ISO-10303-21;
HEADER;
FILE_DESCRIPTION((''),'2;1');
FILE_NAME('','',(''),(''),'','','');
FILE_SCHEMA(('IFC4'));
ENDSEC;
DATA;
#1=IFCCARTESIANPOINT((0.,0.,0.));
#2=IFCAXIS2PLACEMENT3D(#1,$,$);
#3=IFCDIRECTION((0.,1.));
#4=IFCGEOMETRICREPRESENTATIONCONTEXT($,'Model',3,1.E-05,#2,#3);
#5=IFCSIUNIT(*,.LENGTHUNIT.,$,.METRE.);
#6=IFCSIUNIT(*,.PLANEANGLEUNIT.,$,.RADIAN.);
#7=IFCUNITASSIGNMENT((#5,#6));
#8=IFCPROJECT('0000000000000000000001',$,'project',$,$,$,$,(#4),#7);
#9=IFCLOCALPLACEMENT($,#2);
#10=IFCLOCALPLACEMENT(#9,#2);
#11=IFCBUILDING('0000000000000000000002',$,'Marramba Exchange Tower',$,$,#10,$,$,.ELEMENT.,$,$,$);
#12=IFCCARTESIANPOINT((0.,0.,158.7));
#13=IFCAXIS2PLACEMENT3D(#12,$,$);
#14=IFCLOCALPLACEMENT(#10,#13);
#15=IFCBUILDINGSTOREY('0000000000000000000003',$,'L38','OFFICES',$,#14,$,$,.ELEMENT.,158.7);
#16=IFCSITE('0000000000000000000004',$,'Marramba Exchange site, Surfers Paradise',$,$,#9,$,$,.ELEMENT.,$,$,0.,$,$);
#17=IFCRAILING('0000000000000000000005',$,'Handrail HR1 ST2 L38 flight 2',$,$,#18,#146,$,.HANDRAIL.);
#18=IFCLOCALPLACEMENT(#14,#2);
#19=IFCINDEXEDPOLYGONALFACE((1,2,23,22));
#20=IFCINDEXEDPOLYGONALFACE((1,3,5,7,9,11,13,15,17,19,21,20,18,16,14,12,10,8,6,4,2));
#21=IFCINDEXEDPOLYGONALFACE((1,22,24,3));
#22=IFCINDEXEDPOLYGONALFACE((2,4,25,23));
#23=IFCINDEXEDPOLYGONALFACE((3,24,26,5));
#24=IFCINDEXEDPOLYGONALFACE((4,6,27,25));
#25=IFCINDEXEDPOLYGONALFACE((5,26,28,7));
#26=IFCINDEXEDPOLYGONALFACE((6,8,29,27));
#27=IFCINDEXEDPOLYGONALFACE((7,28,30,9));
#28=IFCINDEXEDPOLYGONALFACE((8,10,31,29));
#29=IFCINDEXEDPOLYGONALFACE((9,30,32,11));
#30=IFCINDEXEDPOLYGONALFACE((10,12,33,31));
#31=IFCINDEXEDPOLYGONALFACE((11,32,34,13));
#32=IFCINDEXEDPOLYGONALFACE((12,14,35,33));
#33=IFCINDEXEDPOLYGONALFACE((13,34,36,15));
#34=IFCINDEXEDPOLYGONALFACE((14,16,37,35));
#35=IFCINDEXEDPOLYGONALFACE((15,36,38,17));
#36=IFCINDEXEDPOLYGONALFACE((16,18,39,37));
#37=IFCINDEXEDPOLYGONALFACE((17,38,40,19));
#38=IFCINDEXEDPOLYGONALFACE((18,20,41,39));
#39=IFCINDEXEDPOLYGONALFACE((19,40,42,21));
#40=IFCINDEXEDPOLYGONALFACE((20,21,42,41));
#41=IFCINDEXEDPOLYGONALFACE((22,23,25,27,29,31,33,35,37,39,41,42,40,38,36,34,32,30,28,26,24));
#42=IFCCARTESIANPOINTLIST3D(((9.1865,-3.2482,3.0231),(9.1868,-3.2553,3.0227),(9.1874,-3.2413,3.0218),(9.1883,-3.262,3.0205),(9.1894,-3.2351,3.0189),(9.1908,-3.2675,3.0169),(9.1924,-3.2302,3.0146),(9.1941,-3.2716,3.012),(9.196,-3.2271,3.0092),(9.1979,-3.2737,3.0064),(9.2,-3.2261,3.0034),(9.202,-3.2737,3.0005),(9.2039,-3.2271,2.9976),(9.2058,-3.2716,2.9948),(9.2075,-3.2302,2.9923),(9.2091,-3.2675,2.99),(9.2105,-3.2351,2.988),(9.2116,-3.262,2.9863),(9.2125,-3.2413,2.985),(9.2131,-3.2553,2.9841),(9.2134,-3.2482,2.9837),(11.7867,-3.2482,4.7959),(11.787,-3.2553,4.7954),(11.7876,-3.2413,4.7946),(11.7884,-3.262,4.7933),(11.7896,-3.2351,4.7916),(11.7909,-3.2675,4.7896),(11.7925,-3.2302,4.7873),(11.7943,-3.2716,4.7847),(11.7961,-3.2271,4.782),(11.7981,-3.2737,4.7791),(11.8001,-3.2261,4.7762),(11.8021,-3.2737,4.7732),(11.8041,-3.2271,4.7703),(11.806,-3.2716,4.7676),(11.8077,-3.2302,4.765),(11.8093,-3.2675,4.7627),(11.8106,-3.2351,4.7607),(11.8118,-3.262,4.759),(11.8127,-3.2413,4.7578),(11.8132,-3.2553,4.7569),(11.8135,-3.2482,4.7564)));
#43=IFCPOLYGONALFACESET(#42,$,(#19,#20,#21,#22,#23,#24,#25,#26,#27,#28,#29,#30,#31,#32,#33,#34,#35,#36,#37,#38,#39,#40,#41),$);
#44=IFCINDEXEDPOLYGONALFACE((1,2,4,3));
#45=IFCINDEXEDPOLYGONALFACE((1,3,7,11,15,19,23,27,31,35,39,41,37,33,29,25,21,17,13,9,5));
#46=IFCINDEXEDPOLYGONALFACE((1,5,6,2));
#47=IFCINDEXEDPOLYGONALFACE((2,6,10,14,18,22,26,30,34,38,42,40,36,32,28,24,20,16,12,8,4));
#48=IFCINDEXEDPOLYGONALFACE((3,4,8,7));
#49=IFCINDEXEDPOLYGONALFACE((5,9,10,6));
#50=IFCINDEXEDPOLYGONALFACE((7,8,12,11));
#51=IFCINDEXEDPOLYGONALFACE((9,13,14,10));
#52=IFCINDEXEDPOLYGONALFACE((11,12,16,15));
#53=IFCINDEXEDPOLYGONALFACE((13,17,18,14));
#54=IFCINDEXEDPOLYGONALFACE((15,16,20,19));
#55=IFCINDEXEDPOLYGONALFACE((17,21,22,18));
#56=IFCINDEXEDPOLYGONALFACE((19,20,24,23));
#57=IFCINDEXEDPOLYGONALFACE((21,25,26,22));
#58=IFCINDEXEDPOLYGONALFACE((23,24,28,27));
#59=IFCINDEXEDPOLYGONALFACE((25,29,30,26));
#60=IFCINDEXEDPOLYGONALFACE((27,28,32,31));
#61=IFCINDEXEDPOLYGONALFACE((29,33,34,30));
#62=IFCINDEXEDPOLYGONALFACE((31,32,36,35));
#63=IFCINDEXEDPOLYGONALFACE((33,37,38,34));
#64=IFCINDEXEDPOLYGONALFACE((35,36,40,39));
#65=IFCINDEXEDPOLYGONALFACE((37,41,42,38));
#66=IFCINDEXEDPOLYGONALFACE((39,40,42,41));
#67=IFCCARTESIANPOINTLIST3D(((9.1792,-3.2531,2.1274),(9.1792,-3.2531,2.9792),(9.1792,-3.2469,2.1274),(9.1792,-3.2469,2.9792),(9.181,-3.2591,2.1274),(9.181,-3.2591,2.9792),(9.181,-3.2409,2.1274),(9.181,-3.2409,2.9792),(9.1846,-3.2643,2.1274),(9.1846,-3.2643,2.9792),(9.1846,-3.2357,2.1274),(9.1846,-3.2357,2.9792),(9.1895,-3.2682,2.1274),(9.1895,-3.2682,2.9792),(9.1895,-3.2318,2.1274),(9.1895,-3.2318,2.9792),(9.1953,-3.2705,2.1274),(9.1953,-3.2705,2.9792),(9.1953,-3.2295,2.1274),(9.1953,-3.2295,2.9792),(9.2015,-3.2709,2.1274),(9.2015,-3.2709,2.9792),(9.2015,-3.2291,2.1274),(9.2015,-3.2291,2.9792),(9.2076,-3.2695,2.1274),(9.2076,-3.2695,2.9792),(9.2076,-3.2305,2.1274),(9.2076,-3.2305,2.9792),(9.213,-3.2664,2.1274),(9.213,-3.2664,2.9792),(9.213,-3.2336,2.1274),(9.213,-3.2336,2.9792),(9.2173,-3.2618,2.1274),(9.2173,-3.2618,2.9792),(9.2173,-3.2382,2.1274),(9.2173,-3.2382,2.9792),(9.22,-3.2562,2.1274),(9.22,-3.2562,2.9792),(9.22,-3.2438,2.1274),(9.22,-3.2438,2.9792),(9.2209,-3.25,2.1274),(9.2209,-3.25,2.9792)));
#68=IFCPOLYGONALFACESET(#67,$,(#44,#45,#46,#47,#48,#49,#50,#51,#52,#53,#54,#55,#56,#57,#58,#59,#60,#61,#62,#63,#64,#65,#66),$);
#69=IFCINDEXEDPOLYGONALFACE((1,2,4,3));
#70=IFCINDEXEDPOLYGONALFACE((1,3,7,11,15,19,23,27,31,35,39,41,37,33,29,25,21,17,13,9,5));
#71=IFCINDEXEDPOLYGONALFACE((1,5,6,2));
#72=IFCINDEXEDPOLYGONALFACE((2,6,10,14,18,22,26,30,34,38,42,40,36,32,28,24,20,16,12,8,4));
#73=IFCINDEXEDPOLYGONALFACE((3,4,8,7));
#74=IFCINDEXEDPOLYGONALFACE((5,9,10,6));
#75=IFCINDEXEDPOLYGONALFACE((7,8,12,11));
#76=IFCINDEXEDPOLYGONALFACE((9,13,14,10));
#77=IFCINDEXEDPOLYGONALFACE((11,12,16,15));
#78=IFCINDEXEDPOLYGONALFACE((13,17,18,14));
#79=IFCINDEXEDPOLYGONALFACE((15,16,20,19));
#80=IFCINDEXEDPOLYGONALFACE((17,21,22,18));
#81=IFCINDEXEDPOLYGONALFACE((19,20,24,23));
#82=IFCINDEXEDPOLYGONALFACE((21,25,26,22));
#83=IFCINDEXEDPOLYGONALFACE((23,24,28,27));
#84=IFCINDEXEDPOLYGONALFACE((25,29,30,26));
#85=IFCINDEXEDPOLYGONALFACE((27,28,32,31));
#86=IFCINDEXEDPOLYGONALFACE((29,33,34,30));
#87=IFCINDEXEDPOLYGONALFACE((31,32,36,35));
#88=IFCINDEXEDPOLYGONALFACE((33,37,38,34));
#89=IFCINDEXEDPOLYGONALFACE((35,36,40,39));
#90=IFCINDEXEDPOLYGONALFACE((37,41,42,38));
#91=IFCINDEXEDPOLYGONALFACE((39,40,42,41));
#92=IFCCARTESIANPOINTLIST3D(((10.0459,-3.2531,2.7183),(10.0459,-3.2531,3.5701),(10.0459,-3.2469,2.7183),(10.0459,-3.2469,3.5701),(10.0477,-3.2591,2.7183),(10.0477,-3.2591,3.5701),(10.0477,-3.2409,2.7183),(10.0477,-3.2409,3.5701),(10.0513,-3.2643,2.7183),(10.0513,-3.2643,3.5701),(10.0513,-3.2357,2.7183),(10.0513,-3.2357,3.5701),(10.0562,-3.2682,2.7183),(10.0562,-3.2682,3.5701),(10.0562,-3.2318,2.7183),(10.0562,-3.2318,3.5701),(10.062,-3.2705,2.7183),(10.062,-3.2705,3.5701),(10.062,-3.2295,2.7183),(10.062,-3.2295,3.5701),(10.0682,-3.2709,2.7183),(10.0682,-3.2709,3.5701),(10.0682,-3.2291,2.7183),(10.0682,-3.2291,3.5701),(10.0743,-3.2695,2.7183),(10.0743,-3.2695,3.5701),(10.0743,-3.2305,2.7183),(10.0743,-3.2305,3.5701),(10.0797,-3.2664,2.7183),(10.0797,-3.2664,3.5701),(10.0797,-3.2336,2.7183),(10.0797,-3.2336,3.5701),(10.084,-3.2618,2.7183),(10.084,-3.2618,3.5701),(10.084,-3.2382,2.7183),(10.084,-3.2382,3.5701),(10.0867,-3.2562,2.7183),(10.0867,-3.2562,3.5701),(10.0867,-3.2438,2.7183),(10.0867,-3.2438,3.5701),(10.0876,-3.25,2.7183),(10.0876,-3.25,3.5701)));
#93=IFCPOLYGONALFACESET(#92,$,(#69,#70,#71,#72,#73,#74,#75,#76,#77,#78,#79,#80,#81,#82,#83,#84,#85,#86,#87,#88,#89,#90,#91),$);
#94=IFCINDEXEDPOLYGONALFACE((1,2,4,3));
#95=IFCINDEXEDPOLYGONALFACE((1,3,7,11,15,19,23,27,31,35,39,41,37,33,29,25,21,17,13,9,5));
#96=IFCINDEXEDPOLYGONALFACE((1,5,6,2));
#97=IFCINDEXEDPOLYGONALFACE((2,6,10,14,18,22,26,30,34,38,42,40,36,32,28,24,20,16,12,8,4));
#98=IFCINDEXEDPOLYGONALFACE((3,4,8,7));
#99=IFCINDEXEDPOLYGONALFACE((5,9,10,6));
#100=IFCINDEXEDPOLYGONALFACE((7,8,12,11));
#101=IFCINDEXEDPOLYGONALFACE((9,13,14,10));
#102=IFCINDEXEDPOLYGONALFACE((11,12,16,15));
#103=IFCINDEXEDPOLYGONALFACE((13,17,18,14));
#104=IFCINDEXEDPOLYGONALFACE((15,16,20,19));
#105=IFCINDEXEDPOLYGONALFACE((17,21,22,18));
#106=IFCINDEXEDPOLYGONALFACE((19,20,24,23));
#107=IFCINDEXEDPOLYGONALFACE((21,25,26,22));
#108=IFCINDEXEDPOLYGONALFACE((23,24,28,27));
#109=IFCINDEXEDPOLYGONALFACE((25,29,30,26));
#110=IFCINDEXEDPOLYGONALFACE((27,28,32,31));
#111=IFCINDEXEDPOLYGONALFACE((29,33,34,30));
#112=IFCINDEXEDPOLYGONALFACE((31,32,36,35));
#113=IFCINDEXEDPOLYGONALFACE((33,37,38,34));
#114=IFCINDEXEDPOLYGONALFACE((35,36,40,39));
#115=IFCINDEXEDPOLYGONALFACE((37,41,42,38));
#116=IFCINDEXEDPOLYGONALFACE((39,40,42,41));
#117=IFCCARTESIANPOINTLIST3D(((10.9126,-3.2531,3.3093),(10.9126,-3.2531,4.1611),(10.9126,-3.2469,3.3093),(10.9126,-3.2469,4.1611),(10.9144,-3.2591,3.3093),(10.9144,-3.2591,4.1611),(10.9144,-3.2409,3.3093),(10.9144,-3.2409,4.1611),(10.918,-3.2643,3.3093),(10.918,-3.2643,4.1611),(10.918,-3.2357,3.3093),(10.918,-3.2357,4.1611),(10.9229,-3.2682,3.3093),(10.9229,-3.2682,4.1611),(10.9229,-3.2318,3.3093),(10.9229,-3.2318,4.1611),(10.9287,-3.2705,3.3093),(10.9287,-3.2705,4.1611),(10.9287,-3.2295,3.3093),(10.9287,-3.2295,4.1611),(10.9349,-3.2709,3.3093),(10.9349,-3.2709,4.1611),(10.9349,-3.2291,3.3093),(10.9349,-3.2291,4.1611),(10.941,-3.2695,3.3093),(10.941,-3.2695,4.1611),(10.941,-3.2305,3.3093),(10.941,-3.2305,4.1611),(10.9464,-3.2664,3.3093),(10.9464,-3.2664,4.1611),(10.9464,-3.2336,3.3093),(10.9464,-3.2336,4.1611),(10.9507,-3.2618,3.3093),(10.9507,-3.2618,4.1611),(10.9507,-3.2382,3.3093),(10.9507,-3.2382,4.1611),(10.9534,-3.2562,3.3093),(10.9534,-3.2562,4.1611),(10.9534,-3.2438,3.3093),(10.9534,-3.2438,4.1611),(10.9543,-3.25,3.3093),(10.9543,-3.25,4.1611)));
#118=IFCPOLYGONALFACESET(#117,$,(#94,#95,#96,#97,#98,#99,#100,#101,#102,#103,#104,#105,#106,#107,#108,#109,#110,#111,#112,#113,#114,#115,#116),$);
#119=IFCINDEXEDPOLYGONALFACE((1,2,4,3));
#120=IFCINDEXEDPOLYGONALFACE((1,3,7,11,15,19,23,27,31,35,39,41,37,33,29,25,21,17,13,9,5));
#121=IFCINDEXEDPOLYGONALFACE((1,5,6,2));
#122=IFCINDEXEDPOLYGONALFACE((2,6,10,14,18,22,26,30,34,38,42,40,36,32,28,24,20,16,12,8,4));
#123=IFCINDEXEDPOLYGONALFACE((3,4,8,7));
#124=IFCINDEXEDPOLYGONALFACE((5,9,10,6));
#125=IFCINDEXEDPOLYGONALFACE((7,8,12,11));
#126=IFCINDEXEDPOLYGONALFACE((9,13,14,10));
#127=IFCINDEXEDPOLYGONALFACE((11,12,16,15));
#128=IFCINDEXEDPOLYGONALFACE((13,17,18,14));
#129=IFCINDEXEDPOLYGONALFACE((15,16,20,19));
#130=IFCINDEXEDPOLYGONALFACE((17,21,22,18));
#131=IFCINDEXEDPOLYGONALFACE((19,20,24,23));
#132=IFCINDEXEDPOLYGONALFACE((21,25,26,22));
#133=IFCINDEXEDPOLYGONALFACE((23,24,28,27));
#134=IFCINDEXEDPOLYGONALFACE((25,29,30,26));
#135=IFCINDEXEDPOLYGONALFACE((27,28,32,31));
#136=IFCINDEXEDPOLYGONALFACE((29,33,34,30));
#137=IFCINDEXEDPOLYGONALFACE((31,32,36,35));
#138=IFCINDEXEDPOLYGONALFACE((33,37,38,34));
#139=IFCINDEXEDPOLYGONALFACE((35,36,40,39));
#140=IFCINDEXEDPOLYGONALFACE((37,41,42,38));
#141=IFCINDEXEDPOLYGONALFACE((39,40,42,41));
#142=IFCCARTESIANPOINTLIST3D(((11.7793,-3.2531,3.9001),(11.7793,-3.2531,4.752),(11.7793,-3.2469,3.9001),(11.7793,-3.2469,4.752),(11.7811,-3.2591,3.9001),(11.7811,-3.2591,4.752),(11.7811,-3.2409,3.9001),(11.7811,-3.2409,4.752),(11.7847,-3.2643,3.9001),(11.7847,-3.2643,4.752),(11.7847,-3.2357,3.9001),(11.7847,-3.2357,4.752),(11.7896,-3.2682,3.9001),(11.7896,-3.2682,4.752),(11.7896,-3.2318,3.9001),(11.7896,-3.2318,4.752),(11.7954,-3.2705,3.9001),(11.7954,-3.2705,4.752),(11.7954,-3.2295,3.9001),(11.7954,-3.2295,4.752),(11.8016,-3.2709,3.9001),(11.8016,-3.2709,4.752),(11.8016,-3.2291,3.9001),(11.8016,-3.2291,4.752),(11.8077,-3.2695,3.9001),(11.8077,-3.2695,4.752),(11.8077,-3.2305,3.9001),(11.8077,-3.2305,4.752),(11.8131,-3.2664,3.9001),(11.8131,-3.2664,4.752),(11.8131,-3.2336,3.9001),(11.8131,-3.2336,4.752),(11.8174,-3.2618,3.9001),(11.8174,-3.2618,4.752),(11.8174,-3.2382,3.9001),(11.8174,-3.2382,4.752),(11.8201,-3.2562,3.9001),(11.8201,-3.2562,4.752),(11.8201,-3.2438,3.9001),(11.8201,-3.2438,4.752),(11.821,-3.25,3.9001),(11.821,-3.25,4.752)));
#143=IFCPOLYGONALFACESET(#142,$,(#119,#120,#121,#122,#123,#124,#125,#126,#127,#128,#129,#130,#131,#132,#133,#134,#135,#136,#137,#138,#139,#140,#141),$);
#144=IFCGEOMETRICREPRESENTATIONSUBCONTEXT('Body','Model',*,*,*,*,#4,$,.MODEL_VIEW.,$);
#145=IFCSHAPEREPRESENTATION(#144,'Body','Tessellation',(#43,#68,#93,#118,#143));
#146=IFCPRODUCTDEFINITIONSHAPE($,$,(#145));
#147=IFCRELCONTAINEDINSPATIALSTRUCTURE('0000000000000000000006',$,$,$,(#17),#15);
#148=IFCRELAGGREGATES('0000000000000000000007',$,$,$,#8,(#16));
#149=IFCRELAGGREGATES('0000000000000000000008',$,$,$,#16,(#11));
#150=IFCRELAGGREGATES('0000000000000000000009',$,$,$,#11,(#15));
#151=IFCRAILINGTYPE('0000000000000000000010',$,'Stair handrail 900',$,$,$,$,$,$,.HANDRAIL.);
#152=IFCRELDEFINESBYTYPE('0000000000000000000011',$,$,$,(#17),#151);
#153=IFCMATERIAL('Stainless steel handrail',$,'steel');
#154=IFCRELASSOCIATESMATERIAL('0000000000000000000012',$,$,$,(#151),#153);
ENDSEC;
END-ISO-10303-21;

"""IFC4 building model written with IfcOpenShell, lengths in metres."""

from ifc_helpers import new_model, si_unit, direction, frame, origin, origin_2d, place, context, subcontext, project, spatial, circle, extrude, material, type_object, element, save


model = new_model("IFC4")

# Units and contexts
model_context = context("Model", 3, precision=1e-05, world=origin(), true_north=direction((0.0, 1.0)))
body_context = subcontext(model_context, "Body", "Model", "MODEL_VIEW")
ifc_project = project(units=[si_unit("LENGTHUNIT", "METRE"), si_unit("PLANEANGLEUNIT", "RADIAN")], contexts=[model_context])

# Site, building, storey
site_placement = place(None, origin())
site = spatial("IfcSite", under=ifc_project, at=site_placement, Name="Marramba Exchange site, Surfers Paradise", CompositionType="ELEMENT", RefElevation=0.0)
building_placement = place(site_placement, origin())
building = spatial("IfcBuilding", under=site, at=building_placement, Name="Marramba Exchange Tower", CompositionType="ELEMENT")
storey_placement = place(building_placement, frame((0.0, 0.0, 158.7)))
storey = spatial("IfcBuildingStorey", under=building, at=storey_placement, Name="L38", Description="OFFICES", CompositionType="ELEMENT", Elevation=158.7)

# Railing
ifc_material_1 = material(Name="Stainless steel handrail", Category="steel")
railing_type = type_object("IfcRailingType", Name="Stair handrail 900", PredefinedType="HANDRAIL", material=ifc_material_1)
railing_placement = place(storey_placement, frame((9.2, -3.25, 2.1274)))
element("IfcRailing", 1, at=railing_placement, inside=storey, type_object=railing_type, Name="Handrail HR1 ST2 L38 flight 2", PredefinedType="HANDRAIL", context=body_context, shape_type="SweptSolid", body=[
    extrude(circle(Radius=0.0239, at=origin_2d()), frame((0.0, 0.0, 0.876), z_axis=(0.82624, 0.0, 0.563318), x_axis=(0.0, 1.0, 0.0)), (0.0, 0.0, 1.0), 3.147),
    extrude(circle(Radius=0.021, at=origin_2d()), origin(), (0.0, 0.0, 1.0), 0.8518),
    extrude(circle(Radius=0.021, at=origin_2d()), frame((0.8667, 0.0, 0.5908)), (0.0, 0.0, 1.0), 0.8518),
    extrude(circle(Radius=0.021, at=origin_2d()), frame((1.7334, 0.0, 1.1819)), (0.0, 0.0, 1.0), 0.8518),
    extrude(circle(Radius=0.021, at=origin_2d()), frame((2.6001, 0.0, 1.7727)), (0.0, 0.0, 1.0), 0.8518),
])

save(model, "model.ifc")
